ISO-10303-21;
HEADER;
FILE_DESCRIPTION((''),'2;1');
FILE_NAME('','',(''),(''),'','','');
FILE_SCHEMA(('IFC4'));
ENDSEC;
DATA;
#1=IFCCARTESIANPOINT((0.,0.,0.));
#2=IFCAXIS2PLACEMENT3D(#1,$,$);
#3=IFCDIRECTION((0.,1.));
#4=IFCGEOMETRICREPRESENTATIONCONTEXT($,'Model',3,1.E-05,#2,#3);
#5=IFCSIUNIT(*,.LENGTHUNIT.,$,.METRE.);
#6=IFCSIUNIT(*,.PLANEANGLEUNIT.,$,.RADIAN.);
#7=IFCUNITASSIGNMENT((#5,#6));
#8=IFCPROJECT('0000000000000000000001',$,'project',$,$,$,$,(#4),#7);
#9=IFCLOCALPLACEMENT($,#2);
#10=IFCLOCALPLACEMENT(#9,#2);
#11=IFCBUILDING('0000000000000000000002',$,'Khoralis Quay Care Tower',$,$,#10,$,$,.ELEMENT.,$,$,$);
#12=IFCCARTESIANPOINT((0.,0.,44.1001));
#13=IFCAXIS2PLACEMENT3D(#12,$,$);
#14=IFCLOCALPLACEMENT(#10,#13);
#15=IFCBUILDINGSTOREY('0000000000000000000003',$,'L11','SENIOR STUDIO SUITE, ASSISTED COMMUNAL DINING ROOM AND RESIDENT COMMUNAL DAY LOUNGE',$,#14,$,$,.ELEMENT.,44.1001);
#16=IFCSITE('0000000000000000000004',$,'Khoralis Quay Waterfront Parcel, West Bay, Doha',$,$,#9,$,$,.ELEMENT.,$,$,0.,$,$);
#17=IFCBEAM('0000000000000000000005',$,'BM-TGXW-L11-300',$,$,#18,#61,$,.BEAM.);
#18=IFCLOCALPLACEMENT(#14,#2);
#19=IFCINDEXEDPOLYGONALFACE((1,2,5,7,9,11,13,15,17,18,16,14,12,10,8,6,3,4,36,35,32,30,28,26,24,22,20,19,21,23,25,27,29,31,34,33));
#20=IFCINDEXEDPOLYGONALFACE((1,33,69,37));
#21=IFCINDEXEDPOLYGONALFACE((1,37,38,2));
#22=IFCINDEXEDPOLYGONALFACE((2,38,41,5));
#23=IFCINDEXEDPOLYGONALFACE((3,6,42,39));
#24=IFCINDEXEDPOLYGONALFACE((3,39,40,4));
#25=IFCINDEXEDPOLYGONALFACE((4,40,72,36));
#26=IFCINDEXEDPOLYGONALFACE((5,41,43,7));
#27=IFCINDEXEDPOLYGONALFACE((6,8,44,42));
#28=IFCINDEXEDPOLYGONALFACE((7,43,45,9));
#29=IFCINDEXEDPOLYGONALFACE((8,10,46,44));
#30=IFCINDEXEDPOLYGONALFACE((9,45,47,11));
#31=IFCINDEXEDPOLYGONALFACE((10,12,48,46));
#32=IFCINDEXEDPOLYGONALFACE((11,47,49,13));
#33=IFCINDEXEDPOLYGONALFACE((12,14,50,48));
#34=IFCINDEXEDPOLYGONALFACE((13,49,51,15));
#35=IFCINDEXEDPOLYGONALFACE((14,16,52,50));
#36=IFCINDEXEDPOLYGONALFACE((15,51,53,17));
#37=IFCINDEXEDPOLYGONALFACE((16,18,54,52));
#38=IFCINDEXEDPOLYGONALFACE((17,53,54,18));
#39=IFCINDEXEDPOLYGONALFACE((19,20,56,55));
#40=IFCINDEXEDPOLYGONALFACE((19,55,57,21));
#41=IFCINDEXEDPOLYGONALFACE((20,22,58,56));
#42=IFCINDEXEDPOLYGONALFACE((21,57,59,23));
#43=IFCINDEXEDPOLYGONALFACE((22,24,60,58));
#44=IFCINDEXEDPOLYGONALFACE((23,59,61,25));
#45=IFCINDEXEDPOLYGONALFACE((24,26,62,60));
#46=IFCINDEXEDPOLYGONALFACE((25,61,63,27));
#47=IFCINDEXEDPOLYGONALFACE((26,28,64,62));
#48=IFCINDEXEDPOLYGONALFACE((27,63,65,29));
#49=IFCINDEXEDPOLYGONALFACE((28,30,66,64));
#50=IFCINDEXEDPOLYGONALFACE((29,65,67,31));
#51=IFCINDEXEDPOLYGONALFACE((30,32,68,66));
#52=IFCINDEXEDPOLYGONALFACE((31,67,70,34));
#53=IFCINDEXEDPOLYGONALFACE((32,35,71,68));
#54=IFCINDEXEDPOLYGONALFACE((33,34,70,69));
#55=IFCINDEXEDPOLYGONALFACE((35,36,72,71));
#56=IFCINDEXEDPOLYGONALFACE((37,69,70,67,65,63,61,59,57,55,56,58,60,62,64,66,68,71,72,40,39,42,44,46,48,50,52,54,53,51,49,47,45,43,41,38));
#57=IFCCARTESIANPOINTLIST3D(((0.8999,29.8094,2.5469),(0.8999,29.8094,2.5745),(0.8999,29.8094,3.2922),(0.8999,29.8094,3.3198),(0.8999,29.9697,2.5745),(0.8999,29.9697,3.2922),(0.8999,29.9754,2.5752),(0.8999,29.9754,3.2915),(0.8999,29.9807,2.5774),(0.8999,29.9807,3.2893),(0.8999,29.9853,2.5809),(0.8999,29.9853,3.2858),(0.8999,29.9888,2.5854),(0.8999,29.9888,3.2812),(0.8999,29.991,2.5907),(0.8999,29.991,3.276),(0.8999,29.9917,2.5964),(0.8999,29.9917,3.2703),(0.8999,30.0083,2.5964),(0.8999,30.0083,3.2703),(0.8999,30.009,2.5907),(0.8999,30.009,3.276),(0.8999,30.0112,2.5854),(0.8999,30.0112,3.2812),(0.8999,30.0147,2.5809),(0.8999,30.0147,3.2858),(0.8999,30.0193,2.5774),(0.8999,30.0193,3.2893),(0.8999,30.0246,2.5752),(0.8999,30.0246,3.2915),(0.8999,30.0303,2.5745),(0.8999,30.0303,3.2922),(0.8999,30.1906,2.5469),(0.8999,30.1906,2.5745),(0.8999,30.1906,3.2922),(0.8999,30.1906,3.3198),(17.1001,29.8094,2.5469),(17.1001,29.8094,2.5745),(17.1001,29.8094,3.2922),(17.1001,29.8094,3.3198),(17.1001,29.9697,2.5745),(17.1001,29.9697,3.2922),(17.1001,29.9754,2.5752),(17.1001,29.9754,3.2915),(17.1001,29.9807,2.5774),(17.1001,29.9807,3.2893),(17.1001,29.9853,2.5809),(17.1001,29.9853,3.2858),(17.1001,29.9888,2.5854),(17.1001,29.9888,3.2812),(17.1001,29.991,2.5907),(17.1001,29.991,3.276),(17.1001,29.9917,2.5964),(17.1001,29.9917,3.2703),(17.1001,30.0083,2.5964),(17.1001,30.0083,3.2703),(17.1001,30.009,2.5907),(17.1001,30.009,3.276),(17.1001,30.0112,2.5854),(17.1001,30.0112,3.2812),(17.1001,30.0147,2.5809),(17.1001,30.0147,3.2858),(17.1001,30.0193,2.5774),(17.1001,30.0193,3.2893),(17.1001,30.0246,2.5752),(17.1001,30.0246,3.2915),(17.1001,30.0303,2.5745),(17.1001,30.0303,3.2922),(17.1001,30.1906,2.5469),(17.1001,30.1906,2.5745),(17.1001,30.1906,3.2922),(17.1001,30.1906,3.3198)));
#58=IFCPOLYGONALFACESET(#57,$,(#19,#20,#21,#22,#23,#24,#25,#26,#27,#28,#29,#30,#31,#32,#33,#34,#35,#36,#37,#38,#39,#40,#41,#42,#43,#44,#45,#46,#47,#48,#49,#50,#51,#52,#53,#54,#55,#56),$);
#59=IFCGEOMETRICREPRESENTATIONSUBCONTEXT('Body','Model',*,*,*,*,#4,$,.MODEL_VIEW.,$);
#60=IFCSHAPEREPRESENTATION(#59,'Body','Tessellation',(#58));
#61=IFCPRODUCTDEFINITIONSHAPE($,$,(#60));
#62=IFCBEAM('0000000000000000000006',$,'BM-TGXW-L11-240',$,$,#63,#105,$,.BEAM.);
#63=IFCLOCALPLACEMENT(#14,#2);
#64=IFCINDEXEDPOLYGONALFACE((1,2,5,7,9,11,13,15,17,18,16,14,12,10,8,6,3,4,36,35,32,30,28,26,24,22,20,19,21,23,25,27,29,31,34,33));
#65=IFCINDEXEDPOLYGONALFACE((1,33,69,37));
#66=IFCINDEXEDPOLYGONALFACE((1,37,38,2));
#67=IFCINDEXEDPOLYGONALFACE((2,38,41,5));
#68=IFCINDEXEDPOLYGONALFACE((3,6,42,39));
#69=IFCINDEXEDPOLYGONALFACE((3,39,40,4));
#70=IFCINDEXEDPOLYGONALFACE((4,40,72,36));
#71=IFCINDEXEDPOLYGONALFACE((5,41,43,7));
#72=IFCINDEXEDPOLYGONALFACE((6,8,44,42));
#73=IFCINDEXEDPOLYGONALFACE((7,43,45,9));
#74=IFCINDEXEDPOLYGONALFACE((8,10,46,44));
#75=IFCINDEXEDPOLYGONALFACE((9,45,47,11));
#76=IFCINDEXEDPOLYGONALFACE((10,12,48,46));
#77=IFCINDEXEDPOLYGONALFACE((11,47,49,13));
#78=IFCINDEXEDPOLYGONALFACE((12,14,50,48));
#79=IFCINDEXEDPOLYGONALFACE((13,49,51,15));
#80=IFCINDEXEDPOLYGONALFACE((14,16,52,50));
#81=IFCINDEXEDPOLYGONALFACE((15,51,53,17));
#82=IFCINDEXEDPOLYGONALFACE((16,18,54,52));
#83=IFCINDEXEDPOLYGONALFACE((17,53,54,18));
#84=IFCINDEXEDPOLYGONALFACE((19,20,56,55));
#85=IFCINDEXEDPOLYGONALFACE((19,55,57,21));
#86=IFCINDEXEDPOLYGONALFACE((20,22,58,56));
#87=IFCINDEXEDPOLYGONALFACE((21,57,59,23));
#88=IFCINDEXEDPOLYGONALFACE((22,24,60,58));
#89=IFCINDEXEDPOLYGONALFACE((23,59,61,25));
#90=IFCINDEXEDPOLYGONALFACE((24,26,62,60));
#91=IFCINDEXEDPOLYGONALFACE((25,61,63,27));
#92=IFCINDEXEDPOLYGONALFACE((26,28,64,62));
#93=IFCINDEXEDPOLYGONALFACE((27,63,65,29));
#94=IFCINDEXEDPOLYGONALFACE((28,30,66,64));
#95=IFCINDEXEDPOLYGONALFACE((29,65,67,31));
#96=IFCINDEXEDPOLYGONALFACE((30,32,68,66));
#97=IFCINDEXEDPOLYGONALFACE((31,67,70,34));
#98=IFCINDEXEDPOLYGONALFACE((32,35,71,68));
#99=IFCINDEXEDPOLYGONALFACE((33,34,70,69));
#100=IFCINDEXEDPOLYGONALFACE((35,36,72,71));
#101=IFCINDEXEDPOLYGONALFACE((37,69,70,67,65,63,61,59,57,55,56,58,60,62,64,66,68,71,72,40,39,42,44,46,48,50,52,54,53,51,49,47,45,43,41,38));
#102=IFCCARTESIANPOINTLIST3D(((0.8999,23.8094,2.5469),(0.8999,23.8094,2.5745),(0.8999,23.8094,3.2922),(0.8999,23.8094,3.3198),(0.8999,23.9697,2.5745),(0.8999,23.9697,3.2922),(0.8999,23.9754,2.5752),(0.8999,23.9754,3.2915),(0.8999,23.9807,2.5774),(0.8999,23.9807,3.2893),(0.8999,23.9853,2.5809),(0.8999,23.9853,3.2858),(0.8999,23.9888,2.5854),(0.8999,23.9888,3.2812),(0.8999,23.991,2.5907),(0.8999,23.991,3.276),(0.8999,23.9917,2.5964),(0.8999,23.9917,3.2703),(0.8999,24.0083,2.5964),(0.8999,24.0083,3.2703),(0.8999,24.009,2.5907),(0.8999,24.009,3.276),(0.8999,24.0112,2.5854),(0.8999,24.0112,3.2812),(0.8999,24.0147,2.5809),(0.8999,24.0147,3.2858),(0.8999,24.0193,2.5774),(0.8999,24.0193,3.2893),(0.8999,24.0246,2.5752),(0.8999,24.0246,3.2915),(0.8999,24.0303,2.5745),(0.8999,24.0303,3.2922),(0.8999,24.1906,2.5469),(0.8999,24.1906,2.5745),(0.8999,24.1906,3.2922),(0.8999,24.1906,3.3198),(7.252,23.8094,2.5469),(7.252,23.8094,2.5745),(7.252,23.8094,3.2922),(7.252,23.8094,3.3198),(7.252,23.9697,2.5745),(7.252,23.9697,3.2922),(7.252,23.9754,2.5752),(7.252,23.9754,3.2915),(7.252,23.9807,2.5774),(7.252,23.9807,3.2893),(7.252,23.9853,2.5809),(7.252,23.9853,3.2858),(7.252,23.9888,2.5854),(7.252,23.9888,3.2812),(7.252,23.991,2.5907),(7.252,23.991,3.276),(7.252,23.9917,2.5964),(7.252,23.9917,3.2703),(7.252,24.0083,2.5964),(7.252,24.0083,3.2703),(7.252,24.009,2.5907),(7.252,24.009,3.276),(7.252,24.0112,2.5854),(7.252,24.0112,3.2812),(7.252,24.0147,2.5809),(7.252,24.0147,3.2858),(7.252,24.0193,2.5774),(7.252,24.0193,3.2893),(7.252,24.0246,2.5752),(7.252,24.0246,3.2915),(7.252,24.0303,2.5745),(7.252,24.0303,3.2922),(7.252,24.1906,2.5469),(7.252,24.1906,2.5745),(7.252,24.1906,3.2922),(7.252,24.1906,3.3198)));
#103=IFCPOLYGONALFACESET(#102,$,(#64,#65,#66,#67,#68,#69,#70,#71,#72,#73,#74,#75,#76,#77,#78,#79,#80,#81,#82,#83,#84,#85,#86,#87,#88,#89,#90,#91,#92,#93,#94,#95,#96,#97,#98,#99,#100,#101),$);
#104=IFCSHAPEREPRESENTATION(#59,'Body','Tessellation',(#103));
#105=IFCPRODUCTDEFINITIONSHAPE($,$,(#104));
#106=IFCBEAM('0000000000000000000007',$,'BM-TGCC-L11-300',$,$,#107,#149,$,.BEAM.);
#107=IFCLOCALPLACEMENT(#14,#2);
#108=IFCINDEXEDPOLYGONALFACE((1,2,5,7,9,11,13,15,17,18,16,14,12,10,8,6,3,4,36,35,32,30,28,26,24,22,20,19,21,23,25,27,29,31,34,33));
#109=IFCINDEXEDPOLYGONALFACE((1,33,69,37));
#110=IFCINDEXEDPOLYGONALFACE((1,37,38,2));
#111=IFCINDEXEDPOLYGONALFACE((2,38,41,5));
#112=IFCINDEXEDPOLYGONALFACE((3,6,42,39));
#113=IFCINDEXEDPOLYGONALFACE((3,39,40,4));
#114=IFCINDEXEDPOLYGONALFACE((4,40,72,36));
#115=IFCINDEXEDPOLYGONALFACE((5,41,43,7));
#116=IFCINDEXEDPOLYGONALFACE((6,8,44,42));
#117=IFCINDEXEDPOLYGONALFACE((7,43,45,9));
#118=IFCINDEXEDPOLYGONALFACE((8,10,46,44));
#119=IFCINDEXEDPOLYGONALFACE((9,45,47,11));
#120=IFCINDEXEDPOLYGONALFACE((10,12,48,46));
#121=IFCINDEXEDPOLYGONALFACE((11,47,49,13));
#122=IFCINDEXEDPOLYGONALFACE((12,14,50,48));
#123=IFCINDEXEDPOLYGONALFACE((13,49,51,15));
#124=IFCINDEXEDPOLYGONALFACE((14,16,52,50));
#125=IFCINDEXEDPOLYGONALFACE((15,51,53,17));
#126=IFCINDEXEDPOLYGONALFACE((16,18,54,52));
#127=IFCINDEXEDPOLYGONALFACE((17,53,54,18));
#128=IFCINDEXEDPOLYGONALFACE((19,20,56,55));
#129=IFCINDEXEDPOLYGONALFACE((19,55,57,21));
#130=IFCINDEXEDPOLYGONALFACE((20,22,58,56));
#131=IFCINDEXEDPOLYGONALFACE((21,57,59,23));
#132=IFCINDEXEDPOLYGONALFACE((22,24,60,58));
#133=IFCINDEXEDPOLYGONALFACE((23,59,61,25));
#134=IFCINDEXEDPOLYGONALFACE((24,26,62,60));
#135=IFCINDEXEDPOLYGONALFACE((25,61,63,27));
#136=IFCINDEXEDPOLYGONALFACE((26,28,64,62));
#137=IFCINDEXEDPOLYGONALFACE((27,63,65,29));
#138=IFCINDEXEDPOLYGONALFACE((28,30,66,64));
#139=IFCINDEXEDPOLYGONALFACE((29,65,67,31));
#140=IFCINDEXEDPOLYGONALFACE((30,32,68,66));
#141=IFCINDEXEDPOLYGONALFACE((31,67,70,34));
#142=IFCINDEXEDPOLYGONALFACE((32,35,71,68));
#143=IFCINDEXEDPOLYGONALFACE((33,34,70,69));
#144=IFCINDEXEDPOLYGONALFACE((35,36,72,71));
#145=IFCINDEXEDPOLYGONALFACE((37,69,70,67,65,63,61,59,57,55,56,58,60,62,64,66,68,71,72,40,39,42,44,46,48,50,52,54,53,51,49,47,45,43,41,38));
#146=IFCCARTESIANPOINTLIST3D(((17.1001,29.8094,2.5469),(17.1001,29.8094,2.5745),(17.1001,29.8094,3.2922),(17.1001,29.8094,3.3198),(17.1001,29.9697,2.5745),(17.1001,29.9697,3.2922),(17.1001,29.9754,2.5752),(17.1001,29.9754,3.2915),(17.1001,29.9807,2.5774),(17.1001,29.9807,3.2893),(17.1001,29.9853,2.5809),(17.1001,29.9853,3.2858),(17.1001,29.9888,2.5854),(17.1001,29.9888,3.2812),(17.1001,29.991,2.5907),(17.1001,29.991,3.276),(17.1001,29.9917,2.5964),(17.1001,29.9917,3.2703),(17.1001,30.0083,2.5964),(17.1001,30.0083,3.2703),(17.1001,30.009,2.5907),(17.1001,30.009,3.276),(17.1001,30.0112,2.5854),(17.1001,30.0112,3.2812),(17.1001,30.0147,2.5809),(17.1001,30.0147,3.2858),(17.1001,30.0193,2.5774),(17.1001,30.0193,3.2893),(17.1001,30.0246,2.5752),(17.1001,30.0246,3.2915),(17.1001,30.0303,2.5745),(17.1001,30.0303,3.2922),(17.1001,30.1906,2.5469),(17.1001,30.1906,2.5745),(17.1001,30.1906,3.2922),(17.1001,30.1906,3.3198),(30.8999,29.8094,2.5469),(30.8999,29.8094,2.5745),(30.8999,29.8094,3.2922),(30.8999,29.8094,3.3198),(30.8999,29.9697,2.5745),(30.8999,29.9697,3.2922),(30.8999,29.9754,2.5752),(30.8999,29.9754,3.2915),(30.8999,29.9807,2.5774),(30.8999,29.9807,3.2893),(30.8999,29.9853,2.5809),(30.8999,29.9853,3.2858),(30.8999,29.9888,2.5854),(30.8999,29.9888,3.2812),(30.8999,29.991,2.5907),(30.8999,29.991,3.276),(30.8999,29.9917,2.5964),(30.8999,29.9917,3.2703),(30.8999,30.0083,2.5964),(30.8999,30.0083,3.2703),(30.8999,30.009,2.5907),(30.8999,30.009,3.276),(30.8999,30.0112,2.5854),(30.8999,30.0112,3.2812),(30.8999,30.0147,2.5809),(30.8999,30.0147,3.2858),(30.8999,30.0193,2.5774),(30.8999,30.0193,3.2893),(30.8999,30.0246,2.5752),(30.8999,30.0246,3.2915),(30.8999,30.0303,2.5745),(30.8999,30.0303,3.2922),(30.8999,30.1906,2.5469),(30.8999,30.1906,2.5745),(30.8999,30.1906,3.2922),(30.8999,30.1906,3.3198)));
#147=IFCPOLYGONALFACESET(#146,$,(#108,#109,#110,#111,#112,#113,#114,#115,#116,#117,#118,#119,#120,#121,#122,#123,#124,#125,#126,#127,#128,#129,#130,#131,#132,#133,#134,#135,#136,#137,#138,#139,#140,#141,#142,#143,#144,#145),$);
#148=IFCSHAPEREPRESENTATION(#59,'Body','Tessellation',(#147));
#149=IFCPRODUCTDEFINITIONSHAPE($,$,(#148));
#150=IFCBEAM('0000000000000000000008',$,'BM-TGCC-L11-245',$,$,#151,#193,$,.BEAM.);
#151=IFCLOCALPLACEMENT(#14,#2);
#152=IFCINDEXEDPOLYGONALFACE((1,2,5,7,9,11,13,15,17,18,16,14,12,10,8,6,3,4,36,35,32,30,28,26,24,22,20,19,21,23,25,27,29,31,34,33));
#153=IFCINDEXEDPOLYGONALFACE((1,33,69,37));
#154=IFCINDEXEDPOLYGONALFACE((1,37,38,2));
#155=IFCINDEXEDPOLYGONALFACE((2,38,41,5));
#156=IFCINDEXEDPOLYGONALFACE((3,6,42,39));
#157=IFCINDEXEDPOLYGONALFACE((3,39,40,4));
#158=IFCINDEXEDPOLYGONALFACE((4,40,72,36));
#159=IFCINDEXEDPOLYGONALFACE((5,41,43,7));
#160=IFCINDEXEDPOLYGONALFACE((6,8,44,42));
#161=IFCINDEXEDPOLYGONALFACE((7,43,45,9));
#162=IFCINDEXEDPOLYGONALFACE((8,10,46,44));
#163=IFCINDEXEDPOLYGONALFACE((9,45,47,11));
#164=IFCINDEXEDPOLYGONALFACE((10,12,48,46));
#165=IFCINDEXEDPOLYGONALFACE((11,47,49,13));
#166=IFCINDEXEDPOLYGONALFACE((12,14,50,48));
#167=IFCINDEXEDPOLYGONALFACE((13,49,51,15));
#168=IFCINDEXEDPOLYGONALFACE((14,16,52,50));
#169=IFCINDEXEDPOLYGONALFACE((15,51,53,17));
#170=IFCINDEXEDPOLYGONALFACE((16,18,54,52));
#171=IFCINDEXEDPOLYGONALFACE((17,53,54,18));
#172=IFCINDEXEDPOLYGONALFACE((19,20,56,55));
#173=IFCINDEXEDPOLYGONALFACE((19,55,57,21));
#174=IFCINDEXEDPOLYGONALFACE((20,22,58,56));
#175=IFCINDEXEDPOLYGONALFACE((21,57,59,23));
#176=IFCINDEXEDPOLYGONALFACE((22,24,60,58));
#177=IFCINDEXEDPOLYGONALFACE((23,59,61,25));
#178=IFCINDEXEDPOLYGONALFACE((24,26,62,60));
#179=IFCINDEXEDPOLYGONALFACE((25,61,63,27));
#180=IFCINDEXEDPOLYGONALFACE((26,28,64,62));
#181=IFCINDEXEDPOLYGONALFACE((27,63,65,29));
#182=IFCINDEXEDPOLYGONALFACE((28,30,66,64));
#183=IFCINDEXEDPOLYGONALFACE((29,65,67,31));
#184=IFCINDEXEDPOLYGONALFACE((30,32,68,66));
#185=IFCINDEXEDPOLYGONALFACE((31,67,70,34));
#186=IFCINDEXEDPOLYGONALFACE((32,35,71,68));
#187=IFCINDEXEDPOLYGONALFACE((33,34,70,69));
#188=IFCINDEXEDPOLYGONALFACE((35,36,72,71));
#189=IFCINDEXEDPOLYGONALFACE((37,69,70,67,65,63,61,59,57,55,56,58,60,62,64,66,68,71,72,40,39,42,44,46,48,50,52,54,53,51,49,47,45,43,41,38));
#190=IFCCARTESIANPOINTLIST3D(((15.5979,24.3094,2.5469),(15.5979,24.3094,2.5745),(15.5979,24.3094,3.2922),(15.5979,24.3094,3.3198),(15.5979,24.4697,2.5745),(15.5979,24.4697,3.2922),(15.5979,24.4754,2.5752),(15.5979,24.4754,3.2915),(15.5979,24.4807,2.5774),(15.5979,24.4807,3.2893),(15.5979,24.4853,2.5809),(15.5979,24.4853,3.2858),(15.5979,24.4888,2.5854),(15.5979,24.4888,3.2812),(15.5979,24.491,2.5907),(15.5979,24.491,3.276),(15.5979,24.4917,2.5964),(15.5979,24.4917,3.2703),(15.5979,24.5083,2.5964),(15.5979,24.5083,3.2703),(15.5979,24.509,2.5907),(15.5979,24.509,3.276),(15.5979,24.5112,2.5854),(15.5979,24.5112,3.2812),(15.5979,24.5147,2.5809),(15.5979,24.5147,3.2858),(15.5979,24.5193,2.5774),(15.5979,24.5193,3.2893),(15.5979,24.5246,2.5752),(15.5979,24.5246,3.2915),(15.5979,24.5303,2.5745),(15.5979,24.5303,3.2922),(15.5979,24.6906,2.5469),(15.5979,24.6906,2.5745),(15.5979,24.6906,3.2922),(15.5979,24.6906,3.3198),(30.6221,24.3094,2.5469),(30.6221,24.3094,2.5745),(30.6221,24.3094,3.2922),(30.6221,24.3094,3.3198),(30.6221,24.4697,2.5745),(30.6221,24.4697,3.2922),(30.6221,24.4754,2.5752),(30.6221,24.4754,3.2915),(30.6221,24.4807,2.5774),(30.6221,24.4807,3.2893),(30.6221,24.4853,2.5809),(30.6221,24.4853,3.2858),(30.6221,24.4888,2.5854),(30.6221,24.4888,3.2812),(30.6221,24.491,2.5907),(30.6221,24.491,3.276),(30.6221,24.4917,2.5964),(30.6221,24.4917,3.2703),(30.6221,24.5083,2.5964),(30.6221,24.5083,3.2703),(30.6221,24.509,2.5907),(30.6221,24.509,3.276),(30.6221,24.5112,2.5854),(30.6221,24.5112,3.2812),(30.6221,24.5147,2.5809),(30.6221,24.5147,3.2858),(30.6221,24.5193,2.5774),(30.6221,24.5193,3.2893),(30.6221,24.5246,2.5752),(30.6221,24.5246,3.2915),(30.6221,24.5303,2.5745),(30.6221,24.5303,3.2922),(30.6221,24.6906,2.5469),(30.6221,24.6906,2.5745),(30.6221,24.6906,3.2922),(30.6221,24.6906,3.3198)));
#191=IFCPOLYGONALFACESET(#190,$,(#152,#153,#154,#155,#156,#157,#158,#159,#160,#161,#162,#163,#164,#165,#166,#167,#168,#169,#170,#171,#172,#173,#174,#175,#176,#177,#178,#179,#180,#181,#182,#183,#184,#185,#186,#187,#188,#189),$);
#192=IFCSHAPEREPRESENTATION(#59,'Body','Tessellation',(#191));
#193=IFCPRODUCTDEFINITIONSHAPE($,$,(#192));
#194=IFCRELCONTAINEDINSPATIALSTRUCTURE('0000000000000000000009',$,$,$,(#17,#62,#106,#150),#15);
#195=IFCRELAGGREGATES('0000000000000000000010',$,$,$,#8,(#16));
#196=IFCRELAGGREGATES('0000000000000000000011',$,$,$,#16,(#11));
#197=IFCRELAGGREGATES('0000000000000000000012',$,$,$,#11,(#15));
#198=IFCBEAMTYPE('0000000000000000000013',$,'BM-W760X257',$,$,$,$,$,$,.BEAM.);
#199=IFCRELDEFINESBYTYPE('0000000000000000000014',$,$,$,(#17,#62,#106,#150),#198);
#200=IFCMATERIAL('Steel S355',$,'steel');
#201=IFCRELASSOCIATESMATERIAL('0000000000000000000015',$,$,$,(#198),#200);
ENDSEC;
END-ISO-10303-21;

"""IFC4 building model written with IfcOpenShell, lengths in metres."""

from ifc_helpers import new_model, si_unit, direction, frame, origin, origin_2d, place, context, subcontext, project, spatial, i_section, extrude, source, transform, mapped, material, material_profile, profile_set, type_object, element, save


model = new_model("IFC4")

# Units and contexts
model_context = context("Model", 3, precision=1e-05, world=origin(), true_north=direction((0.0, 1.0)))
body_context = subcontext(model_context, "Body", "Model", "MODEL_VIEW")
ifc_project = project(units=[si_unit("LENGTHUNIT", "METRE"), si_unit("PLANEANGLEUNIT", "RADIAN")], contexts=[model_context])

# Site, building, storey
site_placement = place(None, origin())
site = spatial("IfcSite", under=ifc_project, at=site_placement, Name="Khoralis Quay Waterfront Parcel, West Bay, Doha", CompositionType="ELEMENT", RefElevation=0.0)
building_placement = place(site_placement, origin())
building = spatial("IfcBuilding", under=site, at=building_placement, Name="Khoralis Quay Care Tower", CompositionType="ELEMENT")
storey_placement = place(building_placement, frame((0.0, 0.0, 44.1001)))
storey = spatial("IfcBuildingStorey", under=building, at=storey_placement, Name="L11", Description="SENIOR STUDIO SUITE, ASSISTED COMMUNAL DINING ROOM AND RESIDENT COMMUNAL DAY LOUNGE", CompositionType="ELEMENT", Elevation=44.1001)

# Beams
ifc_material_1 = material(Name="Steel S355", Category="steel")
ifc_material_profile_1 = material_profile(ifc_material_1, i_section(OverallWidth=0.3811, OverallDepth=0.7729, WebThickness=0.0166, FlangeThickness=0.0276, FilletRadius=0.022, at=origin_2d()), Name="Steel S355")
ifc_profile_set_1 = profile_set([ifc_material_profile_1], Name="Steel S355")
beam_type_1 = type_object("IfcBeamType", Name="BM-W760X257", PredefinedType="BEAM", material=ifc_profile_set_1)
shared_shape_1 = source(origin(), body_context, "Body", "SweptSolid", [
    extrude(i_section(OverallWidth=0.3811, OverallDepth=0.7729, WebThickness=0.0166, FlangeThickness=0.0276, FilletRadius=0.022, at=origin_2d()), origin(), (0.0, 0.0, 1.0), 16.2002),
])
beam_1_placement = place(storey_placement, frame((0.8999, 30.0, 2.9333), z_axis=(1.0, 0.0, 0.0), x_axis=(0.0, 1.0, 0.0)))
element("IfcBeam", 1, at=beam_1_placement, inside=storey, type_object=beam_type_1, Name="BM-TGXW-L11-300", PredefinedType="BEAM", context=body_context, shape_type="MappedRepresentation", body=[
    mapped(shared_shape_1, transform((0.0, 0.0, 0.0), scale=1.0)),
])
shared_shape_2 = source(origin(), body_context, "Body", "SweptSolid", [
    extrude(i_section(OverallWidth=0.3811, OverallDepth=0.7729, WebThickness=0.0166, FlangeThickness=0.0276, FilletRadius=0.022, at=origin_2d()), origin(), (0.0, 0.0, 1.0), 6.3521),
])
beam_2_placement = place(storey_placement, frame((0.8999, 24.0, 2.9333), z_axis=(1.0, 0.0, 0.0), x_axis=(0.0, 1.0, 0.0)))
element("IfcBeam", 2, at=beam_2_placement, inside=storey, type_object=beam_type_1, Name="BM-TGXW-L11-240", PredefinedType="BEAM", context=body_context, shape_type="MappedRepresentation", body=[
    mapped(shared_shape_2, transform((0.0, 0.0, 0.0), scale=1.0)),
])
shared_shape_3 = source(origin(), body_context, "Body", "SweptSolid", [
    extrude(i_section(OverallWidth=0.3811, OverallDepth=0.7729, WebThickness=0.0166, FlangeThickness=0.0276, FilletRadius=0.022, at=origin_2d()), origin(), (0.0, 0.0, 1.0), 13.7998),
])
beam_3_placement = place(storey_placement, frame((17.1001, 30.0, 2.9333), z_axis=(1.0, 0.0, 0.0), x_axis=(0.0, 1.0, 0.0)))
element("IfcBeam", 3, at=beam_3_placement, inside=storey, type_object=beam_type_1, Name="BM-TGCC-L11-300", PredefinedType="BEAM", context=body_context, shape_type="MappedRepresentation", body=[
    mapped(shared_shape_3, transform((0.0, 0.0, 0.0), scale=1.0)),
])
shared_shape_4 = source(origin(), body_context, "Body", "SweptSolid", [
    extrude(i_section(OverallWidth=0.3811, OverallDepth=0.7729, WebThickness=0.0166, FlangeThickness=0.0276, FilletRadius=0.022, at=origin_2d()), origin(), (0.0, 0.0, 1.0), 15.0242),
])
beam_4_placement = place(storey_placement, frame((15.5979, 24.5, 2.9333), z_axis=(1.0, 0.0, 0.0), x_axis=(0.0, 1.0, 0.0)))
element("IfcBeam", 4, at=beam_4_placement, inside=storey, type_object=beam_type_1, Name="BM-TGCC-L11-245", PredefinedType="BEAM", context=body_context, shape_type="MappedRepresentation", body=[
    mapped(shared_shape_4, transform((0.0, 0.0, 0.0), scale=1.0)),
])

save(model, "model.ifc")
